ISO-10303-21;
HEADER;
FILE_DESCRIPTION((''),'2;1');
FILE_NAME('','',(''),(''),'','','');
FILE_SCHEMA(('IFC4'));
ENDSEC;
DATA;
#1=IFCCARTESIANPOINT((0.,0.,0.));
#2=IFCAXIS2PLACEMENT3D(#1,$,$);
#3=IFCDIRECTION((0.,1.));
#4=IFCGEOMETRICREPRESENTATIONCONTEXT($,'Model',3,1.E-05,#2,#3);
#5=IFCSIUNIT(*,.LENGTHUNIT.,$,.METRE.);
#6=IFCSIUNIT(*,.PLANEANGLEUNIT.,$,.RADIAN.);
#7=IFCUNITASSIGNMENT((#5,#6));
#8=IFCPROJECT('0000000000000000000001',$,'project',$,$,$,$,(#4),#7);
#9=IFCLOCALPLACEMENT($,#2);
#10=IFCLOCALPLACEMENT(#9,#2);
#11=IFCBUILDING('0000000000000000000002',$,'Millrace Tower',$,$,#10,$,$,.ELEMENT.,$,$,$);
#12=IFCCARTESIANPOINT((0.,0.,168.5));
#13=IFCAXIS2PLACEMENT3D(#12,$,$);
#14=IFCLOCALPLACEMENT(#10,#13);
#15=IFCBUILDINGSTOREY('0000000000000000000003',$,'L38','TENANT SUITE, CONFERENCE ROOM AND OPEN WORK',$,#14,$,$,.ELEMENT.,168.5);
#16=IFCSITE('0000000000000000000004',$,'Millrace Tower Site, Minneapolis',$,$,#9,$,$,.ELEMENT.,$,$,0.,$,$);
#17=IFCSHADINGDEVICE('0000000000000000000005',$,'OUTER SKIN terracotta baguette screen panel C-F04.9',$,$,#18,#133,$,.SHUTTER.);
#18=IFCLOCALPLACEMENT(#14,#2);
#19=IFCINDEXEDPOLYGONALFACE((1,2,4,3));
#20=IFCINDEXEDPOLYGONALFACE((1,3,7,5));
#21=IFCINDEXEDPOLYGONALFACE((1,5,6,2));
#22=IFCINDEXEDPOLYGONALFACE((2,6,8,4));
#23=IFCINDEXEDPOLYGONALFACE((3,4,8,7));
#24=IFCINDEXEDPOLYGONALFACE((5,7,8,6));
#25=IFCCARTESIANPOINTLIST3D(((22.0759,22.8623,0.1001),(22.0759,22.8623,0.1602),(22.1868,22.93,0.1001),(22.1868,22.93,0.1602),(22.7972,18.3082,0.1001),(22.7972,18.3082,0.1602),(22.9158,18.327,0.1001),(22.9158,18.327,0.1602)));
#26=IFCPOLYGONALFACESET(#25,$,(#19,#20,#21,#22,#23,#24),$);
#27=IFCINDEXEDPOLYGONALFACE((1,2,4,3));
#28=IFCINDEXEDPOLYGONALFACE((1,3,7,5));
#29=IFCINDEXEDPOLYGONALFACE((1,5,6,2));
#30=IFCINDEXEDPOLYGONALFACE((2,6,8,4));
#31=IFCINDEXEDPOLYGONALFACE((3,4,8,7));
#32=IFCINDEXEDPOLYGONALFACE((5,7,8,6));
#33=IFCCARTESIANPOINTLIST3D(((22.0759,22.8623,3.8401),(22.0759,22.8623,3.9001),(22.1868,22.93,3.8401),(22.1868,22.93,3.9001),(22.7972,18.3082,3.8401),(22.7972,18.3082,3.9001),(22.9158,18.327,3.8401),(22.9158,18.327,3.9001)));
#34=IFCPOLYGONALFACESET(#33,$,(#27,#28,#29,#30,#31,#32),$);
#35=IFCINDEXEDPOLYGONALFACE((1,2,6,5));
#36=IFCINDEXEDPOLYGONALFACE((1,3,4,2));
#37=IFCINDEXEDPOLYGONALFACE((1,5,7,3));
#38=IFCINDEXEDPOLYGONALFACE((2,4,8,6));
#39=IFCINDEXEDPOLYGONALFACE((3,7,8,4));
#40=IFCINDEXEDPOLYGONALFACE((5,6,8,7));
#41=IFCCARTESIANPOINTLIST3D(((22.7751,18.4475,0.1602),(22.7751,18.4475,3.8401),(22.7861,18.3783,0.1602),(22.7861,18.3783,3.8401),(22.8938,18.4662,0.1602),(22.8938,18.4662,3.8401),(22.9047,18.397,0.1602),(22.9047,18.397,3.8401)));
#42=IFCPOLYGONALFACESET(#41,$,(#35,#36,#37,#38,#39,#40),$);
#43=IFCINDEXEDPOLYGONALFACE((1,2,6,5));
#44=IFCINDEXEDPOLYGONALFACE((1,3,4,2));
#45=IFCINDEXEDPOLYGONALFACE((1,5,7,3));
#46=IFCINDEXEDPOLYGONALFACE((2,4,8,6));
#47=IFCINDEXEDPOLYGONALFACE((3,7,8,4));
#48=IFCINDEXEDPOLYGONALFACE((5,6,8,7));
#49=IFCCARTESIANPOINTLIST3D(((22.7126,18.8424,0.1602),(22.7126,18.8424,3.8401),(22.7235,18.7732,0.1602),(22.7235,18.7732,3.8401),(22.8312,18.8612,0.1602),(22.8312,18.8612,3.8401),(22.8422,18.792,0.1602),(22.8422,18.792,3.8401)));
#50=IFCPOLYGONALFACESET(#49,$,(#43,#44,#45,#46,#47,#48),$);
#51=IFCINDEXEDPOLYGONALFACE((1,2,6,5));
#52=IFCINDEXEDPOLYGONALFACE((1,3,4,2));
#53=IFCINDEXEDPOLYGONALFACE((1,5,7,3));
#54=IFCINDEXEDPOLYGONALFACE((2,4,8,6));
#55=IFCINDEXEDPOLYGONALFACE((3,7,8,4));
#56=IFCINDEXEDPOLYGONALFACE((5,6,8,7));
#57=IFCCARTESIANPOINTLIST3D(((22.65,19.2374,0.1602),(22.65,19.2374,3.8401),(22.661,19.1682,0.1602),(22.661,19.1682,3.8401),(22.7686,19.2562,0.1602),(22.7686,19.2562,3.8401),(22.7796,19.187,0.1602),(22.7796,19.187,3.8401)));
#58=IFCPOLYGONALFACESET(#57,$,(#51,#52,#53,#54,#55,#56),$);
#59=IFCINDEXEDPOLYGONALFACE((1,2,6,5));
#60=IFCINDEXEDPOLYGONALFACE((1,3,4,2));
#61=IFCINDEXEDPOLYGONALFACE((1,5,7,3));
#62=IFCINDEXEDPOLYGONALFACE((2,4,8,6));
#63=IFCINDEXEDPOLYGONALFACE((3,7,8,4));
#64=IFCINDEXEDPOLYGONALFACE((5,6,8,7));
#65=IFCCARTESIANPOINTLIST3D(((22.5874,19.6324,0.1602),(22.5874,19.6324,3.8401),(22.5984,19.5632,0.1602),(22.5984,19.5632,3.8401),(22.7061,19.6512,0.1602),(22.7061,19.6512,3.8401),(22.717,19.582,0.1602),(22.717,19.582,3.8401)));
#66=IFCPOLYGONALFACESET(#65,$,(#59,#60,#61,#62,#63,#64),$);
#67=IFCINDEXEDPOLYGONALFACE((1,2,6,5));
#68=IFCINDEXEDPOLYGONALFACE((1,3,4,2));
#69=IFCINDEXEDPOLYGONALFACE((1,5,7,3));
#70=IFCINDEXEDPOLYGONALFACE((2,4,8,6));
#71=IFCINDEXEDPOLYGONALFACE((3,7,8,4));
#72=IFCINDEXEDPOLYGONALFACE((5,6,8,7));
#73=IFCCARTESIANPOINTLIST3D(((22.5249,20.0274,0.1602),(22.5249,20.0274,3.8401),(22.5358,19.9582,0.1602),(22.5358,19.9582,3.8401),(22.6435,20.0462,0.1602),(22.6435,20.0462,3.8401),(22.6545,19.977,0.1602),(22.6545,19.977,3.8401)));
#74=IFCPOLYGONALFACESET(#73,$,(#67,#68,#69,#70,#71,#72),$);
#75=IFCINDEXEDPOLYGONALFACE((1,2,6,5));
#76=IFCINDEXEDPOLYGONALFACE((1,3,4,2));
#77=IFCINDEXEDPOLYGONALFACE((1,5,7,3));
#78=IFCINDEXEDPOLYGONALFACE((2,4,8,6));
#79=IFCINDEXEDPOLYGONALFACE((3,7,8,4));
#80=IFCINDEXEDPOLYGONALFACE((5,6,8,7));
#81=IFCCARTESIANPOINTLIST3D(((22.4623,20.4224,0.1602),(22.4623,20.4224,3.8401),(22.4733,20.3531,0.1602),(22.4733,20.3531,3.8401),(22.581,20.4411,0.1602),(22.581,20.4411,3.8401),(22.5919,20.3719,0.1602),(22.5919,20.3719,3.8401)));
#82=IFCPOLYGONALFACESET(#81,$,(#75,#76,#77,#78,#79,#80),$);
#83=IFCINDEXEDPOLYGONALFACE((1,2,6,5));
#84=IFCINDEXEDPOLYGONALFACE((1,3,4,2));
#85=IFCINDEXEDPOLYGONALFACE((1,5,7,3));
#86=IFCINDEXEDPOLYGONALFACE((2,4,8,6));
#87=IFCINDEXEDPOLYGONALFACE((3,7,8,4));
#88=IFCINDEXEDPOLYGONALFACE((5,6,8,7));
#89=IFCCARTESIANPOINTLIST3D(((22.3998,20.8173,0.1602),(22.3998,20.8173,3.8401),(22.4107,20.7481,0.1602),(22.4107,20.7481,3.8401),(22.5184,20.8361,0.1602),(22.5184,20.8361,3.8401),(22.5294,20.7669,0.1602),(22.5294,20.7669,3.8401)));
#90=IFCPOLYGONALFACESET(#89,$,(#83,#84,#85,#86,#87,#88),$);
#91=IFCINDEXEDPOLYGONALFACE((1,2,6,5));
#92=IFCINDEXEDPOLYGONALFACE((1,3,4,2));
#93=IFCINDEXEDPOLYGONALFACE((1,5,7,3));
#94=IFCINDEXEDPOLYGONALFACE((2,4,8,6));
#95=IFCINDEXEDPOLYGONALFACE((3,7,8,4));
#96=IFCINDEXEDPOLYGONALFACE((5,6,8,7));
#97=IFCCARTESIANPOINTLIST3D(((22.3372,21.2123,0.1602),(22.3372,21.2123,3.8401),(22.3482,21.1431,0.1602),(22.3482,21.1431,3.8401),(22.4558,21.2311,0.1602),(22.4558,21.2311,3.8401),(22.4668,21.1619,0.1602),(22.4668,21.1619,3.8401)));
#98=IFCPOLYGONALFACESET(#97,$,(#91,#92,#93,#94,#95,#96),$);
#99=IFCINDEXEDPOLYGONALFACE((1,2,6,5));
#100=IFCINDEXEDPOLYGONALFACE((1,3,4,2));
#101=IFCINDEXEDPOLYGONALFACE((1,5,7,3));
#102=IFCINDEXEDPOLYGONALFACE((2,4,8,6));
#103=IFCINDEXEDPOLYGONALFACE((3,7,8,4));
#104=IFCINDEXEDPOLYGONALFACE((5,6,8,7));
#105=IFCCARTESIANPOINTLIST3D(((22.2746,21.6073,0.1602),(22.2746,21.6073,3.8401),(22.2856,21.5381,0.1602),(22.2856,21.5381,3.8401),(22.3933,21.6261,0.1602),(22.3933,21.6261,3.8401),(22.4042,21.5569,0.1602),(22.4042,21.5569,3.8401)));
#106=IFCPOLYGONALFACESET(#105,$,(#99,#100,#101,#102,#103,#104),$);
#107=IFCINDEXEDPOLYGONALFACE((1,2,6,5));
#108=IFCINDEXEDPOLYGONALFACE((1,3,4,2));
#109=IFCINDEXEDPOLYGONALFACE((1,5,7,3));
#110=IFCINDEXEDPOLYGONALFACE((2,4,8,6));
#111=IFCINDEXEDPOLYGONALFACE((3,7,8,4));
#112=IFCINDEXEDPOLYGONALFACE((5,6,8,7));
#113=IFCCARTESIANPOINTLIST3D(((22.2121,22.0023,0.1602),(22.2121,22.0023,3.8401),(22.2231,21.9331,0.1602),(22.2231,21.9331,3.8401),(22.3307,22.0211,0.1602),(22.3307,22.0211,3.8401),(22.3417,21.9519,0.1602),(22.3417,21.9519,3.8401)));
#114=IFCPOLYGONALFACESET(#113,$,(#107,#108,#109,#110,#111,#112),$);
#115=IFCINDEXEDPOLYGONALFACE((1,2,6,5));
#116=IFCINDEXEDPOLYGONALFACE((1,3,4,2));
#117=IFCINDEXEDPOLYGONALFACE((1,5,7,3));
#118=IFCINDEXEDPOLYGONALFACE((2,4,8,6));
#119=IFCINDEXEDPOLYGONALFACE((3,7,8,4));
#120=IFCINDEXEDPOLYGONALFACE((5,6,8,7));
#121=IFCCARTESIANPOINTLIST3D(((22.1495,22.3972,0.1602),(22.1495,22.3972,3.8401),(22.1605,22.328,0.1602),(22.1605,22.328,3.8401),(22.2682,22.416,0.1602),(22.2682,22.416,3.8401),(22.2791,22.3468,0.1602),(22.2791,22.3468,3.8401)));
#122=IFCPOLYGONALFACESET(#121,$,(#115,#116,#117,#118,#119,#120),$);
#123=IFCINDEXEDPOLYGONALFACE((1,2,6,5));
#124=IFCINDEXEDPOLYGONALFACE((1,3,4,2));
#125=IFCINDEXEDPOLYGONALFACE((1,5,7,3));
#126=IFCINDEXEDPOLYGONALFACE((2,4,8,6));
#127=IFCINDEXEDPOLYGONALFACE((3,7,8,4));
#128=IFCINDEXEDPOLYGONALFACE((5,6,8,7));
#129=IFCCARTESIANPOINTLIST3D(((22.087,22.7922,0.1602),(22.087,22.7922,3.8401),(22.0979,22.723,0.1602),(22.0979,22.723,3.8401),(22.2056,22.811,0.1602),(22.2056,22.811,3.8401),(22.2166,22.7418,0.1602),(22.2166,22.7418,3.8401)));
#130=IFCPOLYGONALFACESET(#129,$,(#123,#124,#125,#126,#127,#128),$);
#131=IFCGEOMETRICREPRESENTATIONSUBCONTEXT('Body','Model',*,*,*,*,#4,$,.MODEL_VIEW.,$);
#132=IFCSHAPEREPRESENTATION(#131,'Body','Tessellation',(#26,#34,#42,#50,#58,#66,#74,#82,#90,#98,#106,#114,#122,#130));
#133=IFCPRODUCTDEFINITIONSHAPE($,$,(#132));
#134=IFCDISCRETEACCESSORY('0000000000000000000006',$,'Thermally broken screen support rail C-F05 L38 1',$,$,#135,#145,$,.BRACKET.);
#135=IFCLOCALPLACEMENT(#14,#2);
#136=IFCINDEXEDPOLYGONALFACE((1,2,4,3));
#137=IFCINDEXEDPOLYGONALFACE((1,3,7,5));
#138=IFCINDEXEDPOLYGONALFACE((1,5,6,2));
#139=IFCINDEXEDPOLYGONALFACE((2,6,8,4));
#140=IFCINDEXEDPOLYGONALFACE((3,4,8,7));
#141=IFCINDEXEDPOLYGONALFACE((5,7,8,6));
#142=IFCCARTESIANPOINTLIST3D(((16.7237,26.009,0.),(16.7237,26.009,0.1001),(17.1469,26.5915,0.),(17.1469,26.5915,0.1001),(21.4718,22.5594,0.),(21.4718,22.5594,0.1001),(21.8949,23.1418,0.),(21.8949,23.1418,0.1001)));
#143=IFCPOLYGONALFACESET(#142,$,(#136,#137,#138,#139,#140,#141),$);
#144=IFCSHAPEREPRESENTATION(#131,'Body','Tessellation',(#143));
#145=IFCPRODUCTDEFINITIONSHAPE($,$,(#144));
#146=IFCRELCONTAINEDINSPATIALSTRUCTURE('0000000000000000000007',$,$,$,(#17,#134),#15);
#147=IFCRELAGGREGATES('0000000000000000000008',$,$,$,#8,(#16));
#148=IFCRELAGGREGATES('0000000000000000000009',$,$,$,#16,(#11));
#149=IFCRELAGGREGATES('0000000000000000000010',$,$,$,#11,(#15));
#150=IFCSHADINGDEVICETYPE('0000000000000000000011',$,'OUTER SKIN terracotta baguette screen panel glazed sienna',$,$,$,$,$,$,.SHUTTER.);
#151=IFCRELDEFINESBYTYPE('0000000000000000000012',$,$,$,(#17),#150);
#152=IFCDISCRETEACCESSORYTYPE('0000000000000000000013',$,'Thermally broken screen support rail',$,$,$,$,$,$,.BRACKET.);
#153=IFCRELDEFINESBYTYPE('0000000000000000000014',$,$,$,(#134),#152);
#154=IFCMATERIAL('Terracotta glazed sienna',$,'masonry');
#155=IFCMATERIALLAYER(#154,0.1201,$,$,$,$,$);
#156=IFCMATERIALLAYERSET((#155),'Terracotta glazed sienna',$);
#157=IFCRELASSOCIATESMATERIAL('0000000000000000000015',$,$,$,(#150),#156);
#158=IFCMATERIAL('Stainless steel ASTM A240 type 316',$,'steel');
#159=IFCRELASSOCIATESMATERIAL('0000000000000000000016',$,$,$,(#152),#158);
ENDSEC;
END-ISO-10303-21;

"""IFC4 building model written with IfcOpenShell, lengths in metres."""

from ifc_helpers import new_model, entity, si_unit, direction, frame, frame_2d, origin, origin_2d, place, context, subcontext, project, spatial, rectangle, extrude, source, transform, mapped, material, layer, layer_set, type_object, element, save


model = new_model("IFC4")

# Units and contexts
model_context = context("Model", 3, precision=1e-05, world=origin(), true_north=direction((0.0, 1.0)))
body_context = subcontext(model_context, "Body", "Model", "MODEL_VIEW")
ifc_project = project(units=[si_unit("LENGTHUNIT", "METRE"), si_unit("PLANEANGLEUNIT", "RADIAN")], contexts=[model_context])

# Site, building, storey
site_placement = place(None, origin())
site = spatial("IfcSite", under=ifc_project, at=site_placement, Name="Millrace Tower Site, Minneapolis", CompositionType="ELEMENT", RefElevation=0.0)
building_placement = place(site_placement, origin())
building = spatial("IfcBuilding", under=site, at=building_placement, Name="Millrace Tower", CompositionType="ELEMENT")
storey_placement = place(building_placement, frame((0.0, 0.0, 168.5)))
storey = spatial("IfcBuildingStorey", under=building, at=storey_placement, Name="L38", Description="TENANT SUITE, CONFERENCE ROOM AND OPEN WORK", CompositionType="ELEMENT", Elevation=168.5)

# Shading device
ifc_material_1 = material(Name="Terracotta glazed sienna", Category="masonry")
ifc_layer_1 = layer(ifc_material_1, 0.1201)
ifc_layer_set_1 = layer_set([ifc_layer_1], Name="Terracotta glazed sienna")
shading_device_type = type_object("IfcShadingDeviceType", Name="OUTER SKIN terracotta baguette screen panel glazed sienna", PredefinedType="SHUTTER", material=ifc_layer_set_1)
cartesian_point_1 = entity("IfcCartesianPoint", [-2.3179, 0.0601])
shared_polyline_1 = entity("IfcPolyline", [cartesian_point_1, entity("IfcCartesianPoint", [2.293, 0.0601]), entity("IfcCartesianPoint", [2.3425, -0.0601]), entity("IfcCartesianPoint", [-2.3179, -0.0601]), cartesian_point_1])
shared_shape_1 = source(origin(), body_context, "Body", "SweptSolid", [
    entity("IfcExtrudedAreaSolid", entity("IfcArbitraryClosedProfileDef", "AREA", None, shared_polyline_1), entity("IfcAxis2Placement3D", entity("IfcCartesianPoint", [0.0, 0.0, 0.0])), entity("IfcDirection", [0.0, 0.0, 1.0]), 0.0601),
    entity("IfcExtrudedAreaSolid", entity("IfcArbitraryClosedProfileDef", "AREA", None, shared_polyline_1), entity("IfcAxis2Placement3D", entity("IfcCartesianPoint", [0.0, 0.0, 3.74])), entity("IfcDirection", [0.0, 0.0, 1.0]), 0.0601),
    extrude(rectangle(XDim=0.0701, YDim=0.1201, at=frame_2d((-2.2119, 0.0))), frame((0.0, 0.0, 0.0601)), (0.0, 0.0, 1.0), 3.6799),
    extrude(rectangle(XDim=0.0701, YDim=0.1201, at=frame_2d((-1.812, 0.0))), frame((0.0, 0.0, 0.0601)), (0.0, 0.0, 1.0), 3.6799),
    extrude(rectangle(XDim=0.0701, YDim=0.1201, at=frame_2d((-1.4121, 0.0))), frame((0.0, 0.0, 0.0601)), (0.0, 0.0, 1.0), 3.6799),
    extrude(rectangle(XDim=0.0701, YDim=0.1201, at=frame_2d((-1.0122, 0.0))), frame((0.0, 0.0, 0.0601)), (0.0, 0.0, 1.0), 3.6799),
    extrude(rectangle(XDim=0.0701, YDim=0.1201, at=frame_2d((-0.6123, 0.0))), frame((0.0, 0.0, 0.0601)), (0.0, 0.0, 1.0), 3.6799),
    extrude(rectangle(XDim=0.0701, YDim=0.1201, at=frame_2d((-0.2124, 0.0))), frame((0.0, 0.0, 0.0601)), (0.0, 0.0, 1.0), 3.6799),
    extrude(rectangle(XDim=0.0701, YDim=0.1201, at=frame_2d((0.1875, 0.0))), frame((0.0, 0.0, 0.0601)), (0.0, 0.0, 1.0), 3.6799),
    extrude(rectangle(XDim=0.0701, YDim=0.1201, at=frame_2d((0.5874, 0.0))), frame((0.0, 0.0, 0.0601)), (0.0, 0.0, 1.0), 3.6799),
    extrude(rectangle(XDim=0.0701, YDim=0.1201, at=frame_2d((0.9873, 0.0))), frame((0.0, 0.0, 0.0601)), (0.0, 0.0, 1.0), 3.6799),
    extrude(rectangle(XDim=0.0701, YDim=0.1201, at=frame_2d((1.3872, 0.0))), frame((0.0, 0.0, 0.0601)), (0.0, 0.0, 1.0), 3.6799),
    extrude(rectangle(XDim=0.0701, YDim=0.1201, at=frame_2d((1.7871, 0.0))), frame((0.0, 0.0, 0.0601)), (0.0, 0.0, 1.0), 3.6799),
    extrude(rectangle(XDim=0.0701, YDim=0.1201, at=frame_2d((2.187, 0.0))), frame((0.0, 0.0, 0.0601)), (0.0, 0.0, 1.0), 3.6799),
])
shading_device_1_placement = place(storey_placement, frame((22.4939, 20.6069, 0.1001), z_axis=(0.0, 0.0, 1.0), x_axis=(-0.156434, 0.987688, 0.0)))
element("IfcShadingDevice", 1, at=shading_device_1_placement, inside=storey, type_object=shading_device_type, Name="OUTER SKIN terracotta baguette screen panel C-F04.9", PredefinedType="SHUTTER", context=body_context, shape_type="MappedRepresentation", body=[
    mapped(shared_shape_1, transform((0.0, 0.0, 0.0), scale=1.0)),
])

# Discrete accessory
ifc_material_2 = material(Name="Stainless steel ASTM A240 type 316", Category="steel")
discrete_accessory_type = type_object("IfcDiscreteAccessoryType", Name="Thermally broken screen support rail", PredefinedType="BRACKET", material=ifc_material_2)
discrete_accessory_placement = place(storey_placement, frame((19.3093, 24.5754, 0.0), z_axis=(0.0, 0.0, 1.0), x_axis=(-0.809017, 0.587785, 0.0)))
element("IfcDiscreteAccessory", 2, at=discrete_accessory_placement, inside=storey, type_object=discrete_accessory_type, Name="Thermally broken screen support rail C-F05 L38 1", PredefinedType="BRACKET", context=body_context, shape_type="SweptSolid", body=[
    extrude(rectangle(XDim=5.8689, YDim=0.72, at=origin_2d()), origin(), (0.0, 0.0, 1.0), 0.1001),
])

save(model, "model.ifc")
